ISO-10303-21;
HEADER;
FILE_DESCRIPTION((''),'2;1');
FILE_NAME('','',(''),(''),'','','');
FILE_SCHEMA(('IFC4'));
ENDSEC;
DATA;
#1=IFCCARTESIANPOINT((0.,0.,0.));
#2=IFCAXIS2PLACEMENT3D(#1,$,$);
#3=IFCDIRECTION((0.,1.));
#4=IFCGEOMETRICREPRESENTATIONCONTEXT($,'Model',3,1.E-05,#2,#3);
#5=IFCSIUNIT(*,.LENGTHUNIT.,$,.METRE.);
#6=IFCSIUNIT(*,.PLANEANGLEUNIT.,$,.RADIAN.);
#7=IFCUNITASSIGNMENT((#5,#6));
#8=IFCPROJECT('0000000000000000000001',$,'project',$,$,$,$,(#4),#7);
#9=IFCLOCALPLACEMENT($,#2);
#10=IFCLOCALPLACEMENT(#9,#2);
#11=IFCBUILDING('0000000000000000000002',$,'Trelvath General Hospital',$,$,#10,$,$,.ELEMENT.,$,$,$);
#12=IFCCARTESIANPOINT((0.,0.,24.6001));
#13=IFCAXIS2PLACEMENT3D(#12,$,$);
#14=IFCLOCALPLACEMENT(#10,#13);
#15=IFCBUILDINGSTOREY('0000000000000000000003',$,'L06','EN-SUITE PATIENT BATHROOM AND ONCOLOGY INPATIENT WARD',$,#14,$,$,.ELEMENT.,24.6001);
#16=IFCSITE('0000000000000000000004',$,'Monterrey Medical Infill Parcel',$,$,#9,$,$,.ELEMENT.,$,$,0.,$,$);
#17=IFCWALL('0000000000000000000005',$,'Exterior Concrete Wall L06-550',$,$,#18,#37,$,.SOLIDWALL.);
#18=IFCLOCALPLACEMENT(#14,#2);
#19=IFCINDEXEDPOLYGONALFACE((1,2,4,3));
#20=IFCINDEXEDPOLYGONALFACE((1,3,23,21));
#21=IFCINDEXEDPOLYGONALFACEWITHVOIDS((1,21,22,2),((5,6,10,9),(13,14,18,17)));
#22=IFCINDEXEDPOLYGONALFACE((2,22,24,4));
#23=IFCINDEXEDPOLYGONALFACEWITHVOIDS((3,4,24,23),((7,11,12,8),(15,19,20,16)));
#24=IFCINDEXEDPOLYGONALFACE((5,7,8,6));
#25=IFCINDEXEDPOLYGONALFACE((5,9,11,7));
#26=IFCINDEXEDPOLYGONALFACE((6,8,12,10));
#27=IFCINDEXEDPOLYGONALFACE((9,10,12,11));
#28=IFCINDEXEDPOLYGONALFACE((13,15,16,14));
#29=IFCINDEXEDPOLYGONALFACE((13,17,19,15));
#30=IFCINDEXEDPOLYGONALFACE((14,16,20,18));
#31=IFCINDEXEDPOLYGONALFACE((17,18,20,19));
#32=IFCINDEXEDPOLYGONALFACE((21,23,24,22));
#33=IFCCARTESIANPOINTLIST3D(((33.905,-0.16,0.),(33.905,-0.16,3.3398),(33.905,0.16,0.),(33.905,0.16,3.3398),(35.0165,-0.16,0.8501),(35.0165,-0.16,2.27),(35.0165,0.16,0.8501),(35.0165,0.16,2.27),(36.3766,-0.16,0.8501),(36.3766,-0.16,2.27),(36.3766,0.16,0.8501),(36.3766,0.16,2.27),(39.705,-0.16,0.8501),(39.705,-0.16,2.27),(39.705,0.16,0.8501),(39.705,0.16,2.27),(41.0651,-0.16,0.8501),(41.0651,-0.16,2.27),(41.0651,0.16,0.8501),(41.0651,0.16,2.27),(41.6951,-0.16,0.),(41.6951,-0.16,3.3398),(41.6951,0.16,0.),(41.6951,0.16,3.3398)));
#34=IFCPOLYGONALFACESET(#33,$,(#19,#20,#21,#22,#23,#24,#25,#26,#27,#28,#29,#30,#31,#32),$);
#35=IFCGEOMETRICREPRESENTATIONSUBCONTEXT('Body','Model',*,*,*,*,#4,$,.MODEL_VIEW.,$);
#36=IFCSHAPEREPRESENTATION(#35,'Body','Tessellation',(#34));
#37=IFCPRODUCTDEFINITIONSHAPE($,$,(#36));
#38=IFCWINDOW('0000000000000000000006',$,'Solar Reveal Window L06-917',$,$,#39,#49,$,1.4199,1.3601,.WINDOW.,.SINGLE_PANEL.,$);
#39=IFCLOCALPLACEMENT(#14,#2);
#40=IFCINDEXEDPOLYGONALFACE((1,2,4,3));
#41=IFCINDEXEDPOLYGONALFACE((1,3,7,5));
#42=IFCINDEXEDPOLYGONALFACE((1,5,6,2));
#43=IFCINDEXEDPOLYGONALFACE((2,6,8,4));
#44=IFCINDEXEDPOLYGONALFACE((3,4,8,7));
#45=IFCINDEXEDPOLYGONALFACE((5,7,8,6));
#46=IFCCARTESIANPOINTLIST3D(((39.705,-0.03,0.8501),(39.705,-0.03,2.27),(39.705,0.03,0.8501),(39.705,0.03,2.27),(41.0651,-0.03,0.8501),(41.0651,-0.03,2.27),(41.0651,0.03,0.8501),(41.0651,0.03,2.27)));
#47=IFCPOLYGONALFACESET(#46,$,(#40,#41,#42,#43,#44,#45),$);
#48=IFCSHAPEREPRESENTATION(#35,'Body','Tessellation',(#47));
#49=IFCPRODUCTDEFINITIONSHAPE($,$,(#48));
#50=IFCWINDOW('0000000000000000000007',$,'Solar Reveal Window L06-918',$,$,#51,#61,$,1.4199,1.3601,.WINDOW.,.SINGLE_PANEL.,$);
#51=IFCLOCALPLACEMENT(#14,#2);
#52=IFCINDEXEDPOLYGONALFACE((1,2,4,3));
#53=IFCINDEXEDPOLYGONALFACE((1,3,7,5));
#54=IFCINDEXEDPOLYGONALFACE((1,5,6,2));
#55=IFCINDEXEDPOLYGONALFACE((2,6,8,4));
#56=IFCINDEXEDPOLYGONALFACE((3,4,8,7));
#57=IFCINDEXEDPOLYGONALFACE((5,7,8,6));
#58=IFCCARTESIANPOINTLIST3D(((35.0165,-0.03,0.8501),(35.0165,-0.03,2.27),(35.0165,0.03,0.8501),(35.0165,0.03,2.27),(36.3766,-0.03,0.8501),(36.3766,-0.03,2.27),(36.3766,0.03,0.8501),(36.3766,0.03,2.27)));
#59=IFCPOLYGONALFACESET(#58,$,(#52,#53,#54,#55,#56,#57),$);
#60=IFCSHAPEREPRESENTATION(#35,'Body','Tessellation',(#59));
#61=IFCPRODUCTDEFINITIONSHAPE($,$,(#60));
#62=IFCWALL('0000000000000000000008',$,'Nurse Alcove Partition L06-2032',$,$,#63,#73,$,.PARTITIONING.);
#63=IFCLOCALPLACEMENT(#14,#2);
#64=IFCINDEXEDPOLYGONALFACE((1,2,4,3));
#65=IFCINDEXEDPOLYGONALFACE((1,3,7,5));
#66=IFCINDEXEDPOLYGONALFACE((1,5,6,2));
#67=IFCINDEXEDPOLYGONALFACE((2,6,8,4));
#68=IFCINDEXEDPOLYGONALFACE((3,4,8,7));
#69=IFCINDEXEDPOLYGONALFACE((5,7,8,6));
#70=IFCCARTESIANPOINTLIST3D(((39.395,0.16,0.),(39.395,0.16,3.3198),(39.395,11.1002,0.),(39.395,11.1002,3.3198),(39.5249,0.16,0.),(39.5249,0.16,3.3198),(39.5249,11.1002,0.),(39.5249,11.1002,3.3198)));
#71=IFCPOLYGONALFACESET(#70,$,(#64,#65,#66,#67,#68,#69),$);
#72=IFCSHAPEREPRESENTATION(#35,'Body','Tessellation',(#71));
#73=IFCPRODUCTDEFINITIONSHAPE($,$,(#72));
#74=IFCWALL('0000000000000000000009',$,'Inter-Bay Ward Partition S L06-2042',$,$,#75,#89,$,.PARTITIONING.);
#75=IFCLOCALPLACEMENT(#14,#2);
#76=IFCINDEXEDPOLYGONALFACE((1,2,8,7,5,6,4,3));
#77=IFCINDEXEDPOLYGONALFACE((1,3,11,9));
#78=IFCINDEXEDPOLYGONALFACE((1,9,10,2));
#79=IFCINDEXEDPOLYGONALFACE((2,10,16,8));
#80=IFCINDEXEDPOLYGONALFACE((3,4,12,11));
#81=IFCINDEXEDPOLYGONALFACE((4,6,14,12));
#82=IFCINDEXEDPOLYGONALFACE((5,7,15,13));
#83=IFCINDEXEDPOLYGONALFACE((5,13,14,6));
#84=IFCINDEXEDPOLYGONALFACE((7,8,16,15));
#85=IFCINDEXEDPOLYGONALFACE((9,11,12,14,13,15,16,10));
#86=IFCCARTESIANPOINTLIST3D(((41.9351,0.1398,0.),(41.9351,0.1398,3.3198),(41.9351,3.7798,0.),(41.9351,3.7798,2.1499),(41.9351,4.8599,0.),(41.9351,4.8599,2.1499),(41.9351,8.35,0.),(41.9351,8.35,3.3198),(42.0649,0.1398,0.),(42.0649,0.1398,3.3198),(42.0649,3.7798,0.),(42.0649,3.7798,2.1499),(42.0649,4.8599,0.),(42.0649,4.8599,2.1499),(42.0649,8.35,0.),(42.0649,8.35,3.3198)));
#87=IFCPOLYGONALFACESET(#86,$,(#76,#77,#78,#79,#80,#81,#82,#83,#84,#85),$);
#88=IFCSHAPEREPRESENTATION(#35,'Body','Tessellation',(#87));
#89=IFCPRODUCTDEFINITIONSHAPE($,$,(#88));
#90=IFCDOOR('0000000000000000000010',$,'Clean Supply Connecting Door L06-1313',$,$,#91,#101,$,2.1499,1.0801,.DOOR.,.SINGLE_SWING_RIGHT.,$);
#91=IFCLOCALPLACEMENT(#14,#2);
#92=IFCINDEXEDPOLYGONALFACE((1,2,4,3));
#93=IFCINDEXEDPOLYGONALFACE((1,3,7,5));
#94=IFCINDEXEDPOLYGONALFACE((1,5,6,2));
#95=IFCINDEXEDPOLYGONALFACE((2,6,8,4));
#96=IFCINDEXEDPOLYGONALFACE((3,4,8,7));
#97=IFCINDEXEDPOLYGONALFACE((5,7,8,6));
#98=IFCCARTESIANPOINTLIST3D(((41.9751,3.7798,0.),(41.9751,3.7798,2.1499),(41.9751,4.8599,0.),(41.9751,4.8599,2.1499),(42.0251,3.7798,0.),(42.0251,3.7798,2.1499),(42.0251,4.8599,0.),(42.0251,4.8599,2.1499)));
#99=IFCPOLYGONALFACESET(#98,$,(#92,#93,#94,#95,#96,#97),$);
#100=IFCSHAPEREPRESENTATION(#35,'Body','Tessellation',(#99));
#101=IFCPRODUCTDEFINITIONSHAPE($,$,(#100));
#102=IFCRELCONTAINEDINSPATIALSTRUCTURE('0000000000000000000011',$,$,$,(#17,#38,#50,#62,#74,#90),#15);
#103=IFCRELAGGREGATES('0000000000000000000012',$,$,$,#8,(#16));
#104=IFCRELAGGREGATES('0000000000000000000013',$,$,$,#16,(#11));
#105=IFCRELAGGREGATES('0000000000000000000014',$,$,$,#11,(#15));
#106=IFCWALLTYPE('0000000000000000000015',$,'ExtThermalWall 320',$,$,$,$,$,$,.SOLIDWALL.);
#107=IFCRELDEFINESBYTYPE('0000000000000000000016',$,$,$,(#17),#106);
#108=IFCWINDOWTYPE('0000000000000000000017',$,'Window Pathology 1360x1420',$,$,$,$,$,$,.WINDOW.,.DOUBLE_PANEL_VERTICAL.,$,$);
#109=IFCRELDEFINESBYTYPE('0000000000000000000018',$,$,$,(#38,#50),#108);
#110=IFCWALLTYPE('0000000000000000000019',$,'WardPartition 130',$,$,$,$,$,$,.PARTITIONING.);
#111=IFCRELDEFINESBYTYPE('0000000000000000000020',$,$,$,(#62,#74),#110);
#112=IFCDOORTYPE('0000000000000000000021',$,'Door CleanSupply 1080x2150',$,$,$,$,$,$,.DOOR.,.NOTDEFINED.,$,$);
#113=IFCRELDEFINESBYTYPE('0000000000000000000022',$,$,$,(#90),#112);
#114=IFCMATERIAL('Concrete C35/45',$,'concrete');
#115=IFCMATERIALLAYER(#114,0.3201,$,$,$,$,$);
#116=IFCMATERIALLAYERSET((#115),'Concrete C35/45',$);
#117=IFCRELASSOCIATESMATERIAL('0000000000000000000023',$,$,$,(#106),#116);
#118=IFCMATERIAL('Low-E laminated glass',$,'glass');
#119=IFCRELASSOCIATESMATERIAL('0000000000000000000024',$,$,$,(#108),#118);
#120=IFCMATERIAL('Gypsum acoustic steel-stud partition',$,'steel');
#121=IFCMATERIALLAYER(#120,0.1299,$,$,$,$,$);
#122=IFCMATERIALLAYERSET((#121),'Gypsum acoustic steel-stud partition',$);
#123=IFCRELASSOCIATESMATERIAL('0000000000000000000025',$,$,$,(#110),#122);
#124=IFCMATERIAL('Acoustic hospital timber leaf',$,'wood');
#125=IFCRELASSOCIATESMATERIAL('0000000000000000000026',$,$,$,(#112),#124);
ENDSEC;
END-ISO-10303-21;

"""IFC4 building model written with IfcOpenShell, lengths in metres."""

from ifc_helpers import new_model, si_unit, direction, frame, frame_2d, origin, place, context, subcontext, project, spatial, rectangle, extrude, material, layer, layer_set, type_object, element, fill, save


model = new_model("IFC4")

# Units and contexts
model_context = context("Model", 3, precision=1e-05, world=origin(), true_north=direction((0.0, 1.0)))
body_context = subcontext(model_context, "Body", "Model", "MODEL_VIEW")
ifc_project = project(units=[si_unit("LENGTHUNIT", "METRE"), si_unit("PLANEANGLEUNIT", "RADIAN")], contexts=[model_context])

# Site, building, storey
site_placement = place(None, origin())
site = spatial("IfcSite", under=ifc_project, at=site_placement, Name="Monterrey Medical Infill Parcel", CompositionType="ELEMENT", RefElevation=0.0)
building_placement = place(site_placement, origin())
building = spatial("IfcBuilding", under=site, at=building_placement, Name="Trelvath General Hospital", CompositionType="ELEMENT")
storey_placement = place(building_placement, frame((0.0, 0.0, 24.6001)))
storey = spatial("IfcBuildingStorey", under=building, at=storey_placement, Name="L06", Description="EN-SUITE PATIENT BATHROOM AND ONCOLOGY INPATIENT WARD", CompositionType="ELEMENT", Elevation=24.6001)

# Wall, openings, windows
ifc_material_1 = material(Name="Concrete C35/45", Category="concrete")
ifc_layer_1 = layer(ifc_material_1, 0.3201)
ifc_layer_set_1 = layer_set([ifc_layer_1], Name="Concrete C35/45")
wall_type_1 = type_object("IfcWallType", Name="ExtThermalWall 320", PredefinedType="SOLIDWALL", material=ifc_layer_set_1)
wall_1_placement = place(storey_placement, frame((41.6951, 0.0, 0.0), z_axis=(0.0, 0.0, 1.0), x_axis=(-1.0, 0.0, 0.0)))
wall_1 = element("IfcWall", 1, at=wall_1_placement, inside=storey, type_object=wall_type_1, Name="Exterior Concrete Wall L06-550", PredefinedType="SOLIDWALL", context=body_context, shape_type="SweptSolid", body=[
    extrude(rectangle(XDim=7.79, YDim=0.3201, at=frame_2d((3.895, 0.0))), origin(), (0.0, 0.0, 1.0), 3.3398),
])
opening_1_placement = place(wall_1_placement, frame((0.6299, 0.0, 0.8501)))
opening_1 = element("IfcOpeningElement", 2, at=opening_1_placement, cuts=wall_1, PredefinedType="OPENING", context=body_context, shape_type="SweptSolid", body=[
    extrude(rectangle(XDim=1.3601, YDim=1.4199, at=frame_2d((0.6802, 0.71))), frame((0.0, 0.1699, 0.0), z_axis=(0.0, -1.0, 0.0), x_axis=(1.0, 0.0, 0.0)), (0.0, 0.0, 1.0), 0.3401),
])
opening_2_placement = place(wall_1_placement, frame((5.3184, 0.0, 0.8501)))
opening_2 = element("IfcOpeningElement", 3, at=opening_2_placement, cuts=wall_1, PredefinedType="OPENING", context=body_context, shape_type="SweptSolid", body=[
    extrude(rectangle(XDim=1.3601, YDim=1.4199, at=frame_2d((0.6802, 0.71))), frame((0.0, 0.1699, 0.0), z_axis=(0.0, -1.0, 0.0), x_axis=(1.0, 0.0, 0.0)), (0.0, 0.0, 1.0), 0.3401),
])
ifc_material_2 = material(Name="Low-E laminated glass", Category="glass")
window_type = type_object("IfcWindowType", Name="Window Pathology 1360x1420", PartitioningType="DOUBLE_PANEL_VERTICAL", PredefinedType="WINDOW", material=ifc_material_2)
window_1_placement = place(opening_1_placement, origin())
window_1 = element("IfcWindow", 4, at=window_1_placement, inside=storey, type_object=window_type, Name="Solar Reveal Window L06-917", OverallHeight=1.4199, OverallWidth=1.3601, PartitioningType="SINGLE_PANEL", PredefinedType="WINDOW", context=body_context, shape_type="SweptSolid", body=[
    extrude(rectangle(XDim=1.3601, YDim=1.4199, at=frame_2d((0.6802, 0.71))), frame((0.0, 0.03, 0.0), z_axis=(0.0, -1.0, 0.0), x_axis=(1.0, 0.0, 0.0)), (0.0, 0.0, 1.0), 0.0601),
])
fill(opening_1, window_1)
window_2_placement = place(opening_2_placement, origin())
window_2 = element("IfcWindow", 5, at=window_2_placement, inside=storey, type_object=window_type, Name="Solar Reveal Window L06-918", OverallHeight=1.4199, OverallWidth=1.3601, PartitioningType="SINGLE_PANEL", PredefinedType="WINDOW", context=body_context, shape_type="SweptSolid", body=[
    extrude(rectangle(XDim=1.3601, YDim=1.4199, at=frame_2d((0.6802, 0.71))), frame((0.0, 0.03, 0.0), z_axis=(0.0, -1.0, 0.0), x_axis=(1.0, 0.0, 0.0)), (0.0, 0.0, 1.0), 0.0601),
])
fill(opening_2, window_2)

# Wall
ifc_material_3 = material(Name="Gypsum acoustic steel-stud partition", Category="steel")
ifc_layer_2 = layer(ifc_material_3, 0.1299)
ifc_layer_set_2 = layer_set([ifc_layer_2], Name="Gypsum acoustic steel-stud partition")
wall_type_2 = type_object("IfcWallType", Name="WardPartition 130", PredefinedType="PARTITIONING", material=ifc_layer_set_2)
wall_2_placement = place(storey_placement, frame((39.46, 0.1599, 0.0), z_axis=(0.0, 0.0, 1.0), x_axis=(0.0, 1.0, 0.0)))
element("IfcWall", 6, at=wall_2_placement, inside=storey, type_object=wall_type_2, Name="Nurse Alcove Partition L06-2032", PredefinedType="PARTITIONING", context=body_context, shape_type="SweptSolid", body=[
    extrude(rectangle(XDim=10.9402, YDim=0.1299, at=frame_2d((5.4702, 0.0))), origin(), (0.0, 0.0, 1.0), 3.3198),
])

# Wall, opening, door
wall_3_placement = place(storey_placement, frame((42.0, 0.1399, 0.0), z_axis=(0.0, 0.0, 1.0), x_axis=(0.0, 1.0, 0.0)))
wall_3 = element("IfcWall", 7, at=wall_3_placement, inside=storey, type_object=wall_type_2, Name="Inter-Bay Ward Partition S L06-2042", PredefinedType="PARTITIONING", context=body_context, shape_type="SweptSolid", body=[
    extrude(rectangle(XDim=8.2102, YDim=0.1299, at=frame_2d((4.105, 0.0))), origin(), (0.0, 0.0, 1.0), 3.3198),
])
opening_3_placement = place(wall_3_placement, frame((3.6399, 0.0, 0.0)))
opening_3 = element("IfcOpeningElement", 8, at=opening_3_placement, cuts=wall_3, PredefinedType="OPENING", context=body_context, shape_type="SweptSolid", body=[
    extrude(rectangle(XDim=1.0801, YDim=2.1499, at=frame_2d((0.54, 1.075))), frame((0.0, 0.075, 0.0), z_axis=(0.0, -1.0, 0.0), x_axis=(1.0, 0.0, 0.0)), (0.0, 0.0, 1.0), 0.1499),
])
ifc_material_4 = material(Name="Acoustic hospital timber leaf", Category="wood")
door_type = type_object("IfcDoorType", Name="Door CleanSupply 1080x2150", OperationType="NOTDEFINED", PredefinedType="DOOR", material=ifc_material_4)
door_placement = place(opening_3_placement, origin())
door = element("IfcDoor", 9, at=door_placement, inside=storey, type_object=door_type, Name="Clean Supply Connecting Door L06-1313", OperationType="SINGLE_SWING_RIGHT", OverallHeight=2.1499, OverallWidth=1.0801, PredefinedType="DOOR", context=body_context, shape_type="SweptSolid", body=[
    extrude(rectangle(XDim=1.0801, YDim=2.1499, at=frame_2d((0.54, 1.075))), frame((0.0, 0.0249, 0.0), z_axis=(0.0, -1.0, 0.0), x_axis=(1.0, 0.0, 0.0)), (0.0, 0.0, 1.0), 0.05),
])
fill(opening_3, door)

save(model, "model.ifc")
